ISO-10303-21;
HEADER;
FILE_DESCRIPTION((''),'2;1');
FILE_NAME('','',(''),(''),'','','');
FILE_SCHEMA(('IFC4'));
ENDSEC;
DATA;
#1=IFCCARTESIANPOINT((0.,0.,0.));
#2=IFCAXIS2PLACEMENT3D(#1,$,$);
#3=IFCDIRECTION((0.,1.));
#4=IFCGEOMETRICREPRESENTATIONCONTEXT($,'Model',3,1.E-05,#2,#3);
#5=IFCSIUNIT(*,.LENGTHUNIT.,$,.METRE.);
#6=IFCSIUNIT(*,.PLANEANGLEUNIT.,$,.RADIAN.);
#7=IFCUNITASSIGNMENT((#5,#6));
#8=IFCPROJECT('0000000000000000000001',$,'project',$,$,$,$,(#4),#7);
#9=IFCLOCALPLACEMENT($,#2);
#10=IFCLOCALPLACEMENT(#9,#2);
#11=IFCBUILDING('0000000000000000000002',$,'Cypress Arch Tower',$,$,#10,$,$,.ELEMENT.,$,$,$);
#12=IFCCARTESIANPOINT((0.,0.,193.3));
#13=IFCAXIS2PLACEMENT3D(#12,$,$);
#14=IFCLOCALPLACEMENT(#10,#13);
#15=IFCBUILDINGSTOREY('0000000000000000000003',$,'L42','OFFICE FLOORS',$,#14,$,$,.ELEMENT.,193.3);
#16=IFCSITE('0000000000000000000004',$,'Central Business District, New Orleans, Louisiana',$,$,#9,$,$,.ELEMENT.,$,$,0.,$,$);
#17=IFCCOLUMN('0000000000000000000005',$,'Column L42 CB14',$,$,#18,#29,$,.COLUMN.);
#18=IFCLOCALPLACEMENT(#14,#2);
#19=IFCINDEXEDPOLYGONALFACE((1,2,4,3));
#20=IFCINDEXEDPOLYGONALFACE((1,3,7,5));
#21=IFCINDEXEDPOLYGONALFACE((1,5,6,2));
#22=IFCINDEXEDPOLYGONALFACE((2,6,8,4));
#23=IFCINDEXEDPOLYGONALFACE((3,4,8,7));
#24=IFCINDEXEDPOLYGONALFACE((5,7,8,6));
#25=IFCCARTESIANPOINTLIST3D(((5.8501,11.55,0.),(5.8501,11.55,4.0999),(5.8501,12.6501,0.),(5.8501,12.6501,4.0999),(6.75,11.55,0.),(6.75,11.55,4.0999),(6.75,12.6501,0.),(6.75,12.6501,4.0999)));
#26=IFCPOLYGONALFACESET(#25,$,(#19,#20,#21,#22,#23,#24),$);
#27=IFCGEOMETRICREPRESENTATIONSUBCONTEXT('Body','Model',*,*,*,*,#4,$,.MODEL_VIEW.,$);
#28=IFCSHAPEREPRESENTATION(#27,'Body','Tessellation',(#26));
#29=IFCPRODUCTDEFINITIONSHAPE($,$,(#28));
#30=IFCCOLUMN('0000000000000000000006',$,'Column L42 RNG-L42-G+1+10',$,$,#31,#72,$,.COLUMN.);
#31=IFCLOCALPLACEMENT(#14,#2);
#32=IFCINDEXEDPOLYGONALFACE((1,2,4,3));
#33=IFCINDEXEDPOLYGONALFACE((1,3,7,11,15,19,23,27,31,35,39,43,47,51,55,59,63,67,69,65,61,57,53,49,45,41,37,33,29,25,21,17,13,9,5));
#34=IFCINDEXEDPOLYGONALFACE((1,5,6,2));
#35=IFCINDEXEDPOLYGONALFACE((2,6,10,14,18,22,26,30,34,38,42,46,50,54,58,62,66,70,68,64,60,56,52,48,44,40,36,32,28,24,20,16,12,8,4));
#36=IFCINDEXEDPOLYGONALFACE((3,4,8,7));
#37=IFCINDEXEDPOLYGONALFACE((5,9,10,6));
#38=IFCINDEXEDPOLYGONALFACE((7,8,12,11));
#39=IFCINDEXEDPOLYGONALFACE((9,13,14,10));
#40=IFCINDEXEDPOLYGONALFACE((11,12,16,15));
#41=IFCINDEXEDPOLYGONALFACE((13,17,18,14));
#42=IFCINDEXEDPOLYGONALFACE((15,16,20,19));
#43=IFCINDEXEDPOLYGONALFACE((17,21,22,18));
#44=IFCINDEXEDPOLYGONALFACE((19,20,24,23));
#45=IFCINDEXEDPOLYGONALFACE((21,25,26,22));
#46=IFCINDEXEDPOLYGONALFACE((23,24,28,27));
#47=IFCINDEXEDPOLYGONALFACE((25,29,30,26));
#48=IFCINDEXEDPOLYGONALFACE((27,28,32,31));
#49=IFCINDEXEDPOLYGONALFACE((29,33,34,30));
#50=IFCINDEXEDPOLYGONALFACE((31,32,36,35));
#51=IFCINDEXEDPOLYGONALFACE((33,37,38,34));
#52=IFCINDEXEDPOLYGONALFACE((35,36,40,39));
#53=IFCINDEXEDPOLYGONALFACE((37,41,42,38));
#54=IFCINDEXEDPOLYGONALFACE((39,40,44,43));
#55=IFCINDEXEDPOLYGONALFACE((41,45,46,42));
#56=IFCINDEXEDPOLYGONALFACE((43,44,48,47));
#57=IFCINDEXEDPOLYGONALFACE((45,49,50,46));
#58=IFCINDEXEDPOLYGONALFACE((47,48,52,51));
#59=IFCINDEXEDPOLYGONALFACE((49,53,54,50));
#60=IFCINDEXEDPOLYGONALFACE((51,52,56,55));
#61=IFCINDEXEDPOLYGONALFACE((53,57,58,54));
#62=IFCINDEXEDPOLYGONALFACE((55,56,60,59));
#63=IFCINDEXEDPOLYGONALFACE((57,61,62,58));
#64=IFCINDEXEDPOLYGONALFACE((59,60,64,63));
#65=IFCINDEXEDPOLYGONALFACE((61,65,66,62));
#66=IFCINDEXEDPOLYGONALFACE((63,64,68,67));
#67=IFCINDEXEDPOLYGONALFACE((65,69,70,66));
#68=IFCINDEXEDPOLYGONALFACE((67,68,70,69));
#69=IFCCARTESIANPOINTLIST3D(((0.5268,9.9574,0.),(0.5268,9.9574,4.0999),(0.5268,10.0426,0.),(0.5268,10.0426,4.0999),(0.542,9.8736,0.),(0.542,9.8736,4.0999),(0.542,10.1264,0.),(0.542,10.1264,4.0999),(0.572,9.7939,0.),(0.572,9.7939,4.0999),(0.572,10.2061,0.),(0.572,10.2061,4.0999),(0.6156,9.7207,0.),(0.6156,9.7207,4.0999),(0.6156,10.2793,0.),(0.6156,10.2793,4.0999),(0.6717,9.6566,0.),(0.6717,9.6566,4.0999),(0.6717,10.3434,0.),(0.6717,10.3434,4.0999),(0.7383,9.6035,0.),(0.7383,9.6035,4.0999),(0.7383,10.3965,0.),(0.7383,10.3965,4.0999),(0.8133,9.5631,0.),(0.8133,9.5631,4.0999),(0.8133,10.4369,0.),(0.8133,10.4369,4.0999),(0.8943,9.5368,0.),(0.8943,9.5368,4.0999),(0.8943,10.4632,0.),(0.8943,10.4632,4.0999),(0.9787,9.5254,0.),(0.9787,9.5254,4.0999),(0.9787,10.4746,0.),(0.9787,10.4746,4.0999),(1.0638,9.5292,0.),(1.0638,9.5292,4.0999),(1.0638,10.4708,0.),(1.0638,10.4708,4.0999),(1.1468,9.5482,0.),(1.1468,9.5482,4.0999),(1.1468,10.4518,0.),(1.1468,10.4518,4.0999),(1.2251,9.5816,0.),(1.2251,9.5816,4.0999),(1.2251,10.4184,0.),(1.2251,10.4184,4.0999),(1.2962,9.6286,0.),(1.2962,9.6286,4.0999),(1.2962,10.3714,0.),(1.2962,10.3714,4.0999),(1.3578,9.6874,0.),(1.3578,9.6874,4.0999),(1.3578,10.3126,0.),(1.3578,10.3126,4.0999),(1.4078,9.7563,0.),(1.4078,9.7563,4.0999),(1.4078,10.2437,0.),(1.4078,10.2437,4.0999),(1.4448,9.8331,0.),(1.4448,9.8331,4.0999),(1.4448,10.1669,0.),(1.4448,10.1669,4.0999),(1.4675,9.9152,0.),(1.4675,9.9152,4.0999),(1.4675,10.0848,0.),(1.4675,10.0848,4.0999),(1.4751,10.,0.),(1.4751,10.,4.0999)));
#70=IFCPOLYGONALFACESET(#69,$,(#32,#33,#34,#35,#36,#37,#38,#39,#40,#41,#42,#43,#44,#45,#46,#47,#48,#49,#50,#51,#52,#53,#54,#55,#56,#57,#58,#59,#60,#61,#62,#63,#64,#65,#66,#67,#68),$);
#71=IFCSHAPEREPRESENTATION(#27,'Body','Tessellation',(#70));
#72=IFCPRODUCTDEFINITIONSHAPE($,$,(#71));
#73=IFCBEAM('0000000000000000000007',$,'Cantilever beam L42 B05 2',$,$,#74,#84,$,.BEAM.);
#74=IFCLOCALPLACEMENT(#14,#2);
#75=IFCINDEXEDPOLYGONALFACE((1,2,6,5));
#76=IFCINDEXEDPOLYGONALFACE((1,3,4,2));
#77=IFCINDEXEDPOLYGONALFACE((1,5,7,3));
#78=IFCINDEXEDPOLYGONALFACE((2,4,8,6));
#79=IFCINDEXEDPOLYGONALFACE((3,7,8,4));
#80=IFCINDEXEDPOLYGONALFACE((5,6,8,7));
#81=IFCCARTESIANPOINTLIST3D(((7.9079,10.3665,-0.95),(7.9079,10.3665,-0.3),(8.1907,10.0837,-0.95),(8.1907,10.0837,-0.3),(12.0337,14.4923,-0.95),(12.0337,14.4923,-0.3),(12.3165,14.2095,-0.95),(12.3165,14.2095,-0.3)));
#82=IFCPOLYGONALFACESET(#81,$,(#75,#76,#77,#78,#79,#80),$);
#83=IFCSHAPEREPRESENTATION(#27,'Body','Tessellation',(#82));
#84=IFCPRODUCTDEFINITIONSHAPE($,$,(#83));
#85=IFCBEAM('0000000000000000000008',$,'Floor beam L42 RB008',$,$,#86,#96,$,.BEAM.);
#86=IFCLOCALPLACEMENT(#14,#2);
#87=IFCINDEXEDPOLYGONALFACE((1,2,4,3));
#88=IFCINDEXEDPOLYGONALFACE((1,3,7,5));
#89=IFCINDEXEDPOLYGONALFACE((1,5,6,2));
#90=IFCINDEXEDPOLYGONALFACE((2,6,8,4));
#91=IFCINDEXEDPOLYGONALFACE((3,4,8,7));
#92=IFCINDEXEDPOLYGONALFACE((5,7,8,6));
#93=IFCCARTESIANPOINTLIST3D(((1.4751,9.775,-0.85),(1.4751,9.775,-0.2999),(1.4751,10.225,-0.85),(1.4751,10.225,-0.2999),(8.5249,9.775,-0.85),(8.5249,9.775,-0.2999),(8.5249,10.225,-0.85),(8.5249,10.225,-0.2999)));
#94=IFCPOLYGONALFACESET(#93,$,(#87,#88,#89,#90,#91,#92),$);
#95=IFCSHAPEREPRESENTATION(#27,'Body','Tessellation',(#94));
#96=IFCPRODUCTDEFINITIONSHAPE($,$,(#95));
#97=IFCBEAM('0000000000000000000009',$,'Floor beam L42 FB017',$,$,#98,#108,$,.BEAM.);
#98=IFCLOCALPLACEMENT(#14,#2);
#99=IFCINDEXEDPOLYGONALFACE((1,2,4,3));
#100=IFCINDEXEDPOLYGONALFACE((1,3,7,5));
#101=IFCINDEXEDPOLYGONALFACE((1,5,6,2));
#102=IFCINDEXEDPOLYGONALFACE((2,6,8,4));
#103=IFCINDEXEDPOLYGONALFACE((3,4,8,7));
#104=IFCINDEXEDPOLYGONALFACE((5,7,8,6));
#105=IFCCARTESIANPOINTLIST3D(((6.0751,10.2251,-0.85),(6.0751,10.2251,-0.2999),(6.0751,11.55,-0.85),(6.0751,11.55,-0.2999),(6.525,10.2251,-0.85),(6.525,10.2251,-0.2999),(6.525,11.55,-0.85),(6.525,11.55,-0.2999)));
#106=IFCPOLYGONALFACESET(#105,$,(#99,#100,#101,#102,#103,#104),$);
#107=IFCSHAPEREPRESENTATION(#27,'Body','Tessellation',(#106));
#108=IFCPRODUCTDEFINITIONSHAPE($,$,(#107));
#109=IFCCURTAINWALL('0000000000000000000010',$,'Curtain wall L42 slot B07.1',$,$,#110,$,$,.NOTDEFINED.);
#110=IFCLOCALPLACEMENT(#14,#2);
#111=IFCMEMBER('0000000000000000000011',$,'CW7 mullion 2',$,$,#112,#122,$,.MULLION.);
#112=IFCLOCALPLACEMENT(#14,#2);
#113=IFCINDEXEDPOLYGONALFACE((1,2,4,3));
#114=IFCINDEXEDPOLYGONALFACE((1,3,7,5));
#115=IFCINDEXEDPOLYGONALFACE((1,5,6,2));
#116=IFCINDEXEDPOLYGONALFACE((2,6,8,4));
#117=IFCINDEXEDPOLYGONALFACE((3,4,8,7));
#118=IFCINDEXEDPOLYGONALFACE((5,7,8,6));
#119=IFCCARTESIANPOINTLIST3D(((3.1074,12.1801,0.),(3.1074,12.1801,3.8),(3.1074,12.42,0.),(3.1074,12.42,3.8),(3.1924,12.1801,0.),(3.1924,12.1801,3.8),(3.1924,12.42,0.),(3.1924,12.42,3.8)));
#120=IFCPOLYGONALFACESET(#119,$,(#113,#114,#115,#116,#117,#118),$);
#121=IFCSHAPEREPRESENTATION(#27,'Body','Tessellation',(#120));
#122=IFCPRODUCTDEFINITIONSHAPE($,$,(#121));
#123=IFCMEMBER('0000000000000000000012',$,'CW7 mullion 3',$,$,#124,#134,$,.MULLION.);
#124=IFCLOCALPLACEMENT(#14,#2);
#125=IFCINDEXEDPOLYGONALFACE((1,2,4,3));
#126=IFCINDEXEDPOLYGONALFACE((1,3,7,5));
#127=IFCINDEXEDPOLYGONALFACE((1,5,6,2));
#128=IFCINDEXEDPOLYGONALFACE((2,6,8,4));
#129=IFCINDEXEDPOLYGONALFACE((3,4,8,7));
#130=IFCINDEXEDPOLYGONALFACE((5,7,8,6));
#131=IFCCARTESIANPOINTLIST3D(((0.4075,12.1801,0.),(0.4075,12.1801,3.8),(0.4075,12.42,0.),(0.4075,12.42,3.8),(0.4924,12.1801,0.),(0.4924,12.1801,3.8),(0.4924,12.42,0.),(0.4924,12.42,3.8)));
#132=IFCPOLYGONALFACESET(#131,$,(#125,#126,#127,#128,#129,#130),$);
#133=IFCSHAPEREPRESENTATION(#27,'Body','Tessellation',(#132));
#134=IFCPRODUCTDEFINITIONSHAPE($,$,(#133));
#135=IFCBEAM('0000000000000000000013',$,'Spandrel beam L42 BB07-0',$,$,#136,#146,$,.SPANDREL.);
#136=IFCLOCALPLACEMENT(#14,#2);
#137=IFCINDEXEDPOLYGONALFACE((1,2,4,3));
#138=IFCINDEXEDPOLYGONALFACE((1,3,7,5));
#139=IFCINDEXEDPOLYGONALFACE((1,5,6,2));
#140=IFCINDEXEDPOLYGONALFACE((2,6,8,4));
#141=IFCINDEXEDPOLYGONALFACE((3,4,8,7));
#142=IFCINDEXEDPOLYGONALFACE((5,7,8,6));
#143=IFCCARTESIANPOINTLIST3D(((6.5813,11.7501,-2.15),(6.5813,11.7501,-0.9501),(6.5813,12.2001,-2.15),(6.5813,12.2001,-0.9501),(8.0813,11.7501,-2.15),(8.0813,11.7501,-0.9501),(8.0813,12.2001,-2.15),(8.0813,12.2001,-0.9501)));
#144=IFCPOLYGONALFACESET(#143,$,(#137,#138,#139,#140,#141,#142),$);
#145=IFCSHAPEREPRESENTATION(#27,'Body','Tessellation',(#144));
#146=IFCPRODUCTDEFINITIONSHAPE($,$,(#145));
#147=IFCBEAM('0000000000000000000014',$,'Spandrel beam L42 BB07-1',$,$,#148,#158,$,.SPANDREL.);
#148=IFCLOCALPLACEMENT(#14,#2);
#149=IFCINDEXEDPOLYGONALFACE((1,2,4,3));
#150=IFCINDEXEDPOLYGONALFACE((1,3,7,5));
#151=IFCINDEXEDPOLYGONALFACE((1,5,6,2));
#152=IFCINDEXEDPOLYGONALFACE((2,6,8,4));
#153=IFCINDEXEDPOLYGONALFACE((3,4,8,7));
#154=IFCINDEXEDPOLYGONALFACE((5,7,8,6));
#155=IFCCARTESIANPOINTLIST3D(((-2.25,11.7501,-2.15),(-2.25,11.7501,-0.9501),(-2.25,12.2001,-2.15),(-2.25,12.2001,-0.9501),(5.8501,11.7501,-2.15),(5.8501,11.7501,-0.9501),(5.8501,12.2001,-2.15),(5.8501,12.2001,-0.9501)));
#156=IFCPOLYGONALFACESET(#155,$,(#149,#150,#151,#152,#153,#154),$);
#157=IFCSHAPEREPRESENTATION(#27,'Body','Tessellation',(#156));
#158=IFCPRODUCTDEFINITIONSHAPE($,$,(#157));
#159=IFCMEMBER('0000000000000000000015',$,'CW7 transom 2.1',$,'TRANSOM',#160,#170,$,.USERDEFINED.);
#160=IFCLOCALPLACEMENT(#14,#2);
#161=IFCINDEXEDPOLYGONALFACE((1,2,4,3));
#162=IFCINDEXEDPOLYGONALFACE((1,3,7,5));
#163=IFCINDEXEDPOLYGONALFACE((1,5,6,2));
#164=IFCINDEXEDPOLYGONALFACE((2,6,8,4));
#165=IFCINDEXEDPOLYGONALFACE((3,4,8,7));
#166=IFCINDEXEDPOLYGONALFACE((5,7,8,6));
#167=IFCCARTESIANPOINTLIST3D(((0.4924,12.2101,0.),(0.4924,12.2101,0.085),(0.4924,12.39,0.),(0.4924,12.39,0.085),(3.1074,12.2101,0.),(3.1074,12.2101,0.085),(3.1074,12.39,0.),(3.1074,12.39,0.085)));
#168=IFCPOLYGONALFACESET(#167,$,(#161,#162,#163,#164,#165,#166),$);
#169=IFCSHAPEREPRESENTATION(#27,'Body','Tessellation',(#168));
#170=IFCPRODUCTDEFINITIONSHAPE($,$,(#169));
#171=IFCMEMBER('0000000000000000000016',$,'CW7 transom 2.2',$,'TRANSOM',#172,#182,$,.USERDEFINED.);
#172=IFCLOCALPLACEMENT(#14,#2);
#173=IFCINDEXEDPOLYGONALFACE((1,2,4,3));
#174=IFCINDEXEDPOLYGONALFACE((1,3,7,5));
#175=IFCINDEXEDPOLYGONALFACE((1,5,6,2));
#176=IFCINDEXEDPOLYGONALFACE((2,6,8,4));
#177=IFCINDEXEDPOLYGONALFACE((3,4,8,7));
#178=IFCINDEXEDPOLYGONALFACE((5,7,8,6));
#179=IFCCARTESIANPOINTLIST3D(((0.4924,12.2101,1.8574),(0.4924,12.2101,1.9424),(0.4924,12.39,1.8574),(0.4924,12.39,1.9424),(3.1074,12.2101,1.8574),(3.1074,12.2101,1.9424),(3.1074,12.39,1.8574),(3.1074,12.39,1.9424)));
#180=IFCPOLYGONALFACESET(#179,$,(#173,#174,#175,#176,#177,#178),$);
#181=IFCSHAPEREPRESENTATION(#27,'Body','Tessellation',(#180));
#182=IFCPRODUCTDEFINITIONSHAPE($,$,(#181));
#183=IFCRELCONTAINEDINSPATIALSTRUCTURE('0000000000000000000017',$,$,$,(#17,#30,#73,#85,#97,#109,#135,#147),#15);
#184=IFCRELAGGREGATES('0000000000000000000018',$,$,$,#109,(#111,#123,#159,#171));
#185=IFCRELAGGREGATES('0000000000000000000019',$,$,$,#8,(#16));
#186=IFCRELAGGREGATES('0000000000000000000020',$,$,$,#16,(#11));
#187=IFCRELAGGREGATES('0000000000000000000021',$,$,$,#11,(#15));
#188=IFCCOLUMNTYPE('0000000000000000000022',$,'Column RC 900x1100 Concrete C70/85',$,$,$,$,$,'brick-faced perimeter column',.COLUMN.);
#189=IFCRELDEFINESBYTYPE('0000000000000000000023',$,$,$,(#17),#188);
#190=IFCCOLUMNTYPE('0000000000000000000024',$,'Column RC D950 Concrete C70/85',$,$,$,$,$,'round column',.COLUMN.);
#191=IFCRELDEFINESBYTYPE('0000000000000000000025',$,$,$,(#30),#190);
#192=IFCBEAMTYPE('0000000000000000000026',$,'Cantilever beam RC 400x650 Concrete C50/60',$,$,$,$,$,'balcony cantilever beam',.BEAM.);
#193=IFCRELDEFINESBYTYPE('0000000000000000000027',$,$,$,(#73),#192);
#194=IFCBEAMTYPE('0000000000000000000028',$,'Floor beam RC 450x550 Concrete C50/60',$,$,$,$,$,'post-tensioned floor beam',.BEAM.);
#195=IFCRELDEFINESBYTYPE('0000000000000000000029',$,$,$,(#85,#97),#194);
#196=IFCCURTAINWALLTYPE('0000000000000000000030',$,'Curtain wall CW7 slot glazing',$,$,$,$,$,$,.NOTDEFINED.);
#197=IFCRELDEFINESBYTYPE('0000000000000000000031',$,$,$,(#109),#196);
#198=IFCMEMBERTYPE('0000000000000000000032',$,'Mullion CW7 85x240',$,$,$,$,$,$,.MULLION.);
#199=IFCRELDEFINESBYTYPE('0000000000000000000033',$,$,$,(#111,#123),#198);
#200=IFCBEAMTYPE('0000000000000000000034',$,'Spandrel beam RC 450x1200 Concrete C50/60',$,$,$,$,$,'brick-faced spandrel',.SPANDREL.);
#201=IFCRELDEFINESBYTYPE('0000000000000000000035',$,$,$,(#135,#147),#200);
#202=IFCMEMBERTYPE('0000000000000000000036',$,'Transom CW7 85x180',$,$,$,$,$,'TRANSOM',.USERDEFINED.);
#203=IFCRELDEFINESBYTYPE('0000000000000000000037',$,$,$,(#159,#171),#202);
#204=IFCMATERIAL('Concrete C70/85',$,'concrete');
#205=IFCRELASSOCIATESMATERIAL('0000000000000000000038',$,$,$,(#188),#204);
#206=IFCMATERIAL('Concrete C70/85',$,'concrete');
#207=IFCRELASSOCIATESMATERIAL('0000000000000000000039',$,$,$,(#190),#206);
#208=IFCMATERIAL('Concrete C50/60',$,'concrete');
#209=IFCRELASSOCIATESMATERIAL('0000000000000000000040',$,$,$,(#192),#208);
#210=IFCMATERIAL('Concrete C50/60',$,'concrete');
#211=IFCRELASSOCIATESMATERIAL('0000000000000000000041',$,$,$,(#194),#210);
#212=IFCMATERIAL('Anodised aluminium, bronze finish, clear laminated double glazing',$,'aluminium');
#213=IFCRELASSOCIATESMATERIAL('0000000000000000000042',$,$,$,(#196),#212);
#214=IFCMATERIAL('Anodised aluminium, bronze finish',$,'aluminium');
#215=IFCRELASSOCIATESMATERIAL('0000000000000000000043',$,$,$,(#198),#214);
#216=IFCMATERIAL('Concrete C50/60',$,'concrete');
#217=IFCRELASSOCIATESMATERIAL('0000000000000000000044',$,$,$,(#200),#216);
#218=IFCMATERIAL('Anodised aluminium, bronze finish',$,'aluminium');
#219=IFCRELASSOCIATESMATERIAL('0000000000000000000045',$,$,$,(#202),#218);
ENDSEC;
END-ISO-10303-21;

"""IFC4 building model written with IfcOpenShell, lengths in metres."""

from ifc_helpers import new_model, si_unit, direction, frame, origin, origin_2d, place, context, subcontext, project, spatial, rectangle, circle, extrude, material, material_profile, profile_set, type_object, element, aggregate, save


model = new_model("IFC4")

# Units and contexts
model_context = context("Model", 3, precision=1e-05, world=origin(), true_north=direction((0.0, 1.0)))
body_context = subcontext(model_context, "Body", "Model", "MODEL_VIEW")
ifc_project = project(units=[si_unit("LENGTHUNIT", "METRE"), si_unit("PLANEANGLEUNIT", "RADIAN")], contexts=[model_context])

# Site, building, storey
site_placement = place(None, origin())
site = spatial("IfcSite", under=ifc_project, at=site_placement, Name="Central Business District, New Orleans, Louisiana", CompositionType="ELEMENT", RefElevation=0.0)
building_placement = place(site_placement, origin())
building = spatial("IfcBuilding", under=site, at=building_placement, Name="Cypress Arch Tower", CompositionType="ELEMENT")
storey_placement = place(building_placement, frame((0.0, 0.0, 193.3)))
storey = spatial("IfcBuildingStorey", under=building, at=storey_placement, Name="L42", Description="OFFICE FLOORS", CompositionType="ELEMENT", Elevation=193.3)

# Columns
ifc_material_1 = material(Name="Concrete C70/85", Category="concrete")
ifc_material_profile_1 = material_profile(ifc_material_1, rectangle(XDim=0.8999, YDim=1.1001, at=origin_2d()), Name="RC 900x1100")
ifc_profile_set_1 = profile_set([ifc_material_profile_1], Name="Concrete C70/85")
column_type_1 = type_object("IfcColumnType", Name="Column RC 900x1100 Concrete C70/85", ElementType="brick-faced perimeter column", PredefinedType="COLUMN", material=ifc_profile_set_1)
column_1_placement = place(storey_placement, frame((6.3, 12.1001, 0.0), z_axis=(0.0, 0.0, 1.0), x_axis=(-1.0, 0.0, 0.0)))
element("IfcColumn", 1, at=column_1_placement, inside=storey, type_object=column_type_1, Name="Column L42 CB14", PredefinedType="COLUMN", context=body_context, shape_type="SweptSolid", body=[
    extrude(rectangle(XDim=0.8999, YDim=1.1001, at=origin_2d()), origin(), (0.0, 0.0, 1.0), 4.0999),
])
ifc_material_2 = material(Name="Concrete C70/85", Category="concrete")
ifc_material_profile_2 = material_profile(ifc_material_2, circle(Radius=0.4751, at=origin_2d()), Name="RC D950")
ifc_profile_set_2 = profile_set([ifc_material_profile_2], Name="Concrete C70/85")
column_type_2 = type_object("IfcColumnType", Name="Column RC D950 Concrete C70/85", ElementType="round column", PredefinedType="COLUMN", material=ifc_profile_set_2)
column_2_placement = place(storey_placement, frame((1.0, 10.0, 0.0), z_axis=(0.0, 0.0, 1.0), x_axis=(1.0, 0.0, 0.0)))
element("IfcColumn", 2, at=column_2_placement, inside=storey, type_object=column_type_2, Name="Column L42 RNG-L42-G+1+10", PredefinedType="COLUMN", context=body_context, shape_type="SweptSolid", body=[
    extrude(circle(Radius=0.4751, at=origin_2d()), origin(), (0.0, 0.0, 1.0), 4.0999),
])

# Beams
ifc_material_3 = material(Name="Concrete C50/60", Category="concrete")
ifc_material_profile_3 = material_profile(ifc_material_3, rectangle(XDim=0.3999, YDim=0.6499, at=origin_2d()), Name="RC 400x650")
ifc_profile_set_3 = profile_set([ifc_material_profile_3], Name="Concrete C50/60")
beam_type_1 = type_object("IfcBeamType", Name="Cantilever beam RC 400x650 Concrete C50/60", ElementType="balcony cantilever beam", PredefinedType="BEAM", material=ifc_profile_set_3)
beam_1_placement = place(storey_placement, frame((8.0493, 10.2251, -0.625), z_axis=(0.707107, 0.707107, 0.0), x_axis=(-0.707107, 0.707107, 0.0)))
element("IfcBeam", 3, at=beam_1_placement, inside=storey, type_object=beam_type_1, Name="Cantilever beam L42 B05 2", PredefinedType="BEAM", context=body_context, shape_type="SweptSolid", body=[
    extrude(rectangle(XDim=0.3999, YDim=0.6499, at=origin_2d()), origin(), (0.0, 0.0, 1.0), 5.8347),
])
ifc_material_4 = material(Name="Concrete C50/60", Category="concrete")
ifc_material_profile_4 = material_profile(ifc_material_4, rectangle(XDim=0.45, YDim=0.55, at=origin_2d()), Name="RC 450x550")
ifc_profile_set_4 = profile_set([ifc_material_profile_4], Name="Concrete C50/60")
beam_type_2 = type_object("IfcBeamType", Name="Floor beam RC 450x550 Concrete C50/60", ElementType="post-tensioned floor beam", PredefinedType="BEAM", material=ifc_profile_set_4)
beam_2_placement = place(storey_placement, frame((1.4751, 10.0, -0.575), z_axis=(1.0, 0.0, 0.0), x_axis=(0.0, 1.0, 0.0)))
element("IfcBeam", 4, at=beam_2_placement, inside=storey, type_object=beam_type_2, Name="Floor beam L42 RB008", PredefinedType="BEAM", context=body_context, shape_type="SweptSolid", body=[
    extrude(rectangle(XDim=0.45, YDim=0.55, at=origin_2d()), origin(), (0.0, 0.0, 1.0), 7.0498),
])
beam_3_placement = place(storey_placement, frame((6.3, 10.2251, -0.575), z_axis=(0.0, 1.0, 0.0), x_axis=(-1.0, 0.0, 0.0)))
element("IfcBeam", 5, at=beam_3_placement, inside=storey, type_object=beam_type_2, Name="Floor beam L42 FB017", PredefinedType="BEAM", context=body_context, shape_type="SweptSolid", body=[
    extrude(rectangle(XDim=0.45, YDim=0.55, at=origin_2d()), origin(), (0.0, 0.0, 1.0), 1.325),
])

# Curtain wall, members
ifc_material_5 = material(Name="Anodised aluminium, bronze finish, clear laminated double glazing", Category="aluminium")
curtain_wall_type = type_object("IfcCurtainWallType", Name="Curtain wall CW7 slot glazing", PredefinedType="NOTDEFINED", material=ifc_material_5)
curtain_wall_placement = place(storey_placement, origin())
curtain_wall = element("IfcCurtainWall", 6, at=curtain_wall_placement, inside=storey, type_object=curtain_wall_type, Name="Curtain wall L42 slot B07.1", PredefinedType="NOTDEFINED")
ifc_material_6 = material(Name="Anodised aluminium, bronze finish", Category="aluminium")
ifc_material_profile_5 = material_profile(ifc_material_6, rectangle(XDim=0.24, YDim=0.085, at=origin_2d()), Name="Mullion 85x240")
ifc_profile_set_5 = profile_set([ifc_material_profile_5], Name="Anodised aluminium, bronze finish")
member_type_1 = type_object("IfcMemberType", Name="Mullion CW7 85x240", PredefinedType="MULLION", material=ifc_profile_set_5)
member_1_placement = place(storey_placement, frame((3.1499, 12.3, 0.0), z_axis=(0.0, 0.0, 1.0), x_axis=(0.0, -1.0, 0.0)))
member_1 = element("IfcMember", 7, at=member_1_placement, type_object=member_type_1, Name="CW7 mullion 2", PredefinedType="MULLION", context=body_context, shape_type="SweptSolid", body=[
    extrude(rectangle(XDim=0.24, YDim=0.085, at=origin_2d()), origin(), (0.0, 0.0, 1.0), 3.8),
])
member_2_placement = place(storey_placement, frame((0.45, 12.3, 0.0), z_axis=(0.0, 0.0, 1.0), x_axis=(0.0, -1.0, 0.0)))
member_2 = element("IfcMember", 8, at=member_2_placement, type_object=member_type_1, Name="CW7 mullion 3", PredefinedType="MULLION", context=body_context, shape_type="SweptSolid", body=[
    extrude(rectangle(XDim=0.24, YDim=0.085, at=origin_2d()), origin(), (0.0, 0.0, 1.0), 3.8),
])

# Beams
ifc_material_7 = material(Name="Concrete C50/60", Category="concrete")
ifc_material_profile_6 = material_profile(ifc_material_7, rectangle(XDim=0.45, YDim=1.2, at=origin_2d()), Name="RC 450x1200")
ifc_profile_set_6 = profile_set([ifc_material_profile_6], Name="Concrete C50/60")
beam_type_3 = type_object("IfcBeamType", Name="Spandrel beam RC 450x1200 Concrete C50/60", ElementType="brick-faced spandrel", PredefinedType="SPANDREL", material=ifc_profile_set_6)
beam_4_placement = place(storey_placement, frame((8.0813, 11.9751, -1.55), z_axis=(-1.0, 0.0, 0.0), x_axis=(0.0, -1.0, 0.0)))
element("IfcBeam", 9, at=beam_4_placement, inside=storey, type_object=beam_type_3, Name="Spandrel beam L42 BB07-0", PredefinedType="SPANDREL", context=body_context, shape_type="SweptSolid", body=[
    extrude(rectangle(XDim=0.45, YDim=1.2, at=origin_2d()), origin(), (0.0, 0.0, 1.0), 1.5),
])
beam_5_placement = place(storey_placement, frame((5.8501, 11.9751, -1.55), z_axis=(-1.0, 0.0, 0.0), x_axis=(0.0, -1.0, 0.0)))
element("IfcBeam", 10, at=beam_5_placement, inside=storey, type_object=beam_type_3, Name="Spandrel beam L42 BB07-1", PredefinedType="SPANDREL", context=body_context, shape_type="SweptSolid", body=[
    extrude(rectangle(XDim=0.45, YDim=1.2, at=origin_2d()), origin(), (0.0, 0.0, 1.0), 8.1001),
])

# Members
ifc_material_8 = material(Name="Anodised aluminium, bronze finish", Category="aluminium")
ifc_material_profile_7 = material_profile(ifc_material_8, rectangle(XDim=0.1799, YDim=0.085, at=origin_2d()), Name="Transom 85x180")
ifc_profile_set_7 = profile_set([ifc_material_profile_7], Name="Anodised aluminium, bronze finish")
member_type_2 = type_object("IfcMemberType", Name="Transom CW7 85x180", ElementType="TRANSOM", PredefinedType="USERDEFINED", material=ifc_profile_set_7)
member_3_placement = place(storey_placement, frame((3.1074, 12.3, 0.0425), z_axis=(-1.0, 0.0, 0.0), x_axis=(0.0, -1.0, 0.0)))
member_3 = element("IfcMember", 11, at=member_3_placement, type_object=member_type_2, Name="CW7 transom 2.1", ObjectType="TRANSOM", PredefinedType="USERDEFINED", context=body_context, shape_type="SweptSolid", body=[
    extrude(rectangle(XDim=0.1799, YDim=0.085, at=origin_2d()), origin(), (0.0, 0.0, 1.0), 2.615),
])
member_4_placement = place(storey_placement, frame((3.1074, 12.3, 1.8999), z_axis=(-1.0, 0.0, 0.0), x_axis=(0.0, -1.0, 0.0)))
member_4 = element("IfcMember", 12, at=member_4_placement, type_object=member_type_2, Name="CW7 transom 2.2", ObjectType="TRANSOM", PredefinedType="USERDEFINED", context=body_context, shape_type="SweptSolid", body=[
    extrude(rectangle(XDim=0.1799, YDim=0.085, at=origin_2d()), origin(), (0.0, 0.0, 1.0), 2.615),
])

aggregate(curtain_wall, [member_1, member_2, member_3, member_4])

save(model, "model.ifc")
